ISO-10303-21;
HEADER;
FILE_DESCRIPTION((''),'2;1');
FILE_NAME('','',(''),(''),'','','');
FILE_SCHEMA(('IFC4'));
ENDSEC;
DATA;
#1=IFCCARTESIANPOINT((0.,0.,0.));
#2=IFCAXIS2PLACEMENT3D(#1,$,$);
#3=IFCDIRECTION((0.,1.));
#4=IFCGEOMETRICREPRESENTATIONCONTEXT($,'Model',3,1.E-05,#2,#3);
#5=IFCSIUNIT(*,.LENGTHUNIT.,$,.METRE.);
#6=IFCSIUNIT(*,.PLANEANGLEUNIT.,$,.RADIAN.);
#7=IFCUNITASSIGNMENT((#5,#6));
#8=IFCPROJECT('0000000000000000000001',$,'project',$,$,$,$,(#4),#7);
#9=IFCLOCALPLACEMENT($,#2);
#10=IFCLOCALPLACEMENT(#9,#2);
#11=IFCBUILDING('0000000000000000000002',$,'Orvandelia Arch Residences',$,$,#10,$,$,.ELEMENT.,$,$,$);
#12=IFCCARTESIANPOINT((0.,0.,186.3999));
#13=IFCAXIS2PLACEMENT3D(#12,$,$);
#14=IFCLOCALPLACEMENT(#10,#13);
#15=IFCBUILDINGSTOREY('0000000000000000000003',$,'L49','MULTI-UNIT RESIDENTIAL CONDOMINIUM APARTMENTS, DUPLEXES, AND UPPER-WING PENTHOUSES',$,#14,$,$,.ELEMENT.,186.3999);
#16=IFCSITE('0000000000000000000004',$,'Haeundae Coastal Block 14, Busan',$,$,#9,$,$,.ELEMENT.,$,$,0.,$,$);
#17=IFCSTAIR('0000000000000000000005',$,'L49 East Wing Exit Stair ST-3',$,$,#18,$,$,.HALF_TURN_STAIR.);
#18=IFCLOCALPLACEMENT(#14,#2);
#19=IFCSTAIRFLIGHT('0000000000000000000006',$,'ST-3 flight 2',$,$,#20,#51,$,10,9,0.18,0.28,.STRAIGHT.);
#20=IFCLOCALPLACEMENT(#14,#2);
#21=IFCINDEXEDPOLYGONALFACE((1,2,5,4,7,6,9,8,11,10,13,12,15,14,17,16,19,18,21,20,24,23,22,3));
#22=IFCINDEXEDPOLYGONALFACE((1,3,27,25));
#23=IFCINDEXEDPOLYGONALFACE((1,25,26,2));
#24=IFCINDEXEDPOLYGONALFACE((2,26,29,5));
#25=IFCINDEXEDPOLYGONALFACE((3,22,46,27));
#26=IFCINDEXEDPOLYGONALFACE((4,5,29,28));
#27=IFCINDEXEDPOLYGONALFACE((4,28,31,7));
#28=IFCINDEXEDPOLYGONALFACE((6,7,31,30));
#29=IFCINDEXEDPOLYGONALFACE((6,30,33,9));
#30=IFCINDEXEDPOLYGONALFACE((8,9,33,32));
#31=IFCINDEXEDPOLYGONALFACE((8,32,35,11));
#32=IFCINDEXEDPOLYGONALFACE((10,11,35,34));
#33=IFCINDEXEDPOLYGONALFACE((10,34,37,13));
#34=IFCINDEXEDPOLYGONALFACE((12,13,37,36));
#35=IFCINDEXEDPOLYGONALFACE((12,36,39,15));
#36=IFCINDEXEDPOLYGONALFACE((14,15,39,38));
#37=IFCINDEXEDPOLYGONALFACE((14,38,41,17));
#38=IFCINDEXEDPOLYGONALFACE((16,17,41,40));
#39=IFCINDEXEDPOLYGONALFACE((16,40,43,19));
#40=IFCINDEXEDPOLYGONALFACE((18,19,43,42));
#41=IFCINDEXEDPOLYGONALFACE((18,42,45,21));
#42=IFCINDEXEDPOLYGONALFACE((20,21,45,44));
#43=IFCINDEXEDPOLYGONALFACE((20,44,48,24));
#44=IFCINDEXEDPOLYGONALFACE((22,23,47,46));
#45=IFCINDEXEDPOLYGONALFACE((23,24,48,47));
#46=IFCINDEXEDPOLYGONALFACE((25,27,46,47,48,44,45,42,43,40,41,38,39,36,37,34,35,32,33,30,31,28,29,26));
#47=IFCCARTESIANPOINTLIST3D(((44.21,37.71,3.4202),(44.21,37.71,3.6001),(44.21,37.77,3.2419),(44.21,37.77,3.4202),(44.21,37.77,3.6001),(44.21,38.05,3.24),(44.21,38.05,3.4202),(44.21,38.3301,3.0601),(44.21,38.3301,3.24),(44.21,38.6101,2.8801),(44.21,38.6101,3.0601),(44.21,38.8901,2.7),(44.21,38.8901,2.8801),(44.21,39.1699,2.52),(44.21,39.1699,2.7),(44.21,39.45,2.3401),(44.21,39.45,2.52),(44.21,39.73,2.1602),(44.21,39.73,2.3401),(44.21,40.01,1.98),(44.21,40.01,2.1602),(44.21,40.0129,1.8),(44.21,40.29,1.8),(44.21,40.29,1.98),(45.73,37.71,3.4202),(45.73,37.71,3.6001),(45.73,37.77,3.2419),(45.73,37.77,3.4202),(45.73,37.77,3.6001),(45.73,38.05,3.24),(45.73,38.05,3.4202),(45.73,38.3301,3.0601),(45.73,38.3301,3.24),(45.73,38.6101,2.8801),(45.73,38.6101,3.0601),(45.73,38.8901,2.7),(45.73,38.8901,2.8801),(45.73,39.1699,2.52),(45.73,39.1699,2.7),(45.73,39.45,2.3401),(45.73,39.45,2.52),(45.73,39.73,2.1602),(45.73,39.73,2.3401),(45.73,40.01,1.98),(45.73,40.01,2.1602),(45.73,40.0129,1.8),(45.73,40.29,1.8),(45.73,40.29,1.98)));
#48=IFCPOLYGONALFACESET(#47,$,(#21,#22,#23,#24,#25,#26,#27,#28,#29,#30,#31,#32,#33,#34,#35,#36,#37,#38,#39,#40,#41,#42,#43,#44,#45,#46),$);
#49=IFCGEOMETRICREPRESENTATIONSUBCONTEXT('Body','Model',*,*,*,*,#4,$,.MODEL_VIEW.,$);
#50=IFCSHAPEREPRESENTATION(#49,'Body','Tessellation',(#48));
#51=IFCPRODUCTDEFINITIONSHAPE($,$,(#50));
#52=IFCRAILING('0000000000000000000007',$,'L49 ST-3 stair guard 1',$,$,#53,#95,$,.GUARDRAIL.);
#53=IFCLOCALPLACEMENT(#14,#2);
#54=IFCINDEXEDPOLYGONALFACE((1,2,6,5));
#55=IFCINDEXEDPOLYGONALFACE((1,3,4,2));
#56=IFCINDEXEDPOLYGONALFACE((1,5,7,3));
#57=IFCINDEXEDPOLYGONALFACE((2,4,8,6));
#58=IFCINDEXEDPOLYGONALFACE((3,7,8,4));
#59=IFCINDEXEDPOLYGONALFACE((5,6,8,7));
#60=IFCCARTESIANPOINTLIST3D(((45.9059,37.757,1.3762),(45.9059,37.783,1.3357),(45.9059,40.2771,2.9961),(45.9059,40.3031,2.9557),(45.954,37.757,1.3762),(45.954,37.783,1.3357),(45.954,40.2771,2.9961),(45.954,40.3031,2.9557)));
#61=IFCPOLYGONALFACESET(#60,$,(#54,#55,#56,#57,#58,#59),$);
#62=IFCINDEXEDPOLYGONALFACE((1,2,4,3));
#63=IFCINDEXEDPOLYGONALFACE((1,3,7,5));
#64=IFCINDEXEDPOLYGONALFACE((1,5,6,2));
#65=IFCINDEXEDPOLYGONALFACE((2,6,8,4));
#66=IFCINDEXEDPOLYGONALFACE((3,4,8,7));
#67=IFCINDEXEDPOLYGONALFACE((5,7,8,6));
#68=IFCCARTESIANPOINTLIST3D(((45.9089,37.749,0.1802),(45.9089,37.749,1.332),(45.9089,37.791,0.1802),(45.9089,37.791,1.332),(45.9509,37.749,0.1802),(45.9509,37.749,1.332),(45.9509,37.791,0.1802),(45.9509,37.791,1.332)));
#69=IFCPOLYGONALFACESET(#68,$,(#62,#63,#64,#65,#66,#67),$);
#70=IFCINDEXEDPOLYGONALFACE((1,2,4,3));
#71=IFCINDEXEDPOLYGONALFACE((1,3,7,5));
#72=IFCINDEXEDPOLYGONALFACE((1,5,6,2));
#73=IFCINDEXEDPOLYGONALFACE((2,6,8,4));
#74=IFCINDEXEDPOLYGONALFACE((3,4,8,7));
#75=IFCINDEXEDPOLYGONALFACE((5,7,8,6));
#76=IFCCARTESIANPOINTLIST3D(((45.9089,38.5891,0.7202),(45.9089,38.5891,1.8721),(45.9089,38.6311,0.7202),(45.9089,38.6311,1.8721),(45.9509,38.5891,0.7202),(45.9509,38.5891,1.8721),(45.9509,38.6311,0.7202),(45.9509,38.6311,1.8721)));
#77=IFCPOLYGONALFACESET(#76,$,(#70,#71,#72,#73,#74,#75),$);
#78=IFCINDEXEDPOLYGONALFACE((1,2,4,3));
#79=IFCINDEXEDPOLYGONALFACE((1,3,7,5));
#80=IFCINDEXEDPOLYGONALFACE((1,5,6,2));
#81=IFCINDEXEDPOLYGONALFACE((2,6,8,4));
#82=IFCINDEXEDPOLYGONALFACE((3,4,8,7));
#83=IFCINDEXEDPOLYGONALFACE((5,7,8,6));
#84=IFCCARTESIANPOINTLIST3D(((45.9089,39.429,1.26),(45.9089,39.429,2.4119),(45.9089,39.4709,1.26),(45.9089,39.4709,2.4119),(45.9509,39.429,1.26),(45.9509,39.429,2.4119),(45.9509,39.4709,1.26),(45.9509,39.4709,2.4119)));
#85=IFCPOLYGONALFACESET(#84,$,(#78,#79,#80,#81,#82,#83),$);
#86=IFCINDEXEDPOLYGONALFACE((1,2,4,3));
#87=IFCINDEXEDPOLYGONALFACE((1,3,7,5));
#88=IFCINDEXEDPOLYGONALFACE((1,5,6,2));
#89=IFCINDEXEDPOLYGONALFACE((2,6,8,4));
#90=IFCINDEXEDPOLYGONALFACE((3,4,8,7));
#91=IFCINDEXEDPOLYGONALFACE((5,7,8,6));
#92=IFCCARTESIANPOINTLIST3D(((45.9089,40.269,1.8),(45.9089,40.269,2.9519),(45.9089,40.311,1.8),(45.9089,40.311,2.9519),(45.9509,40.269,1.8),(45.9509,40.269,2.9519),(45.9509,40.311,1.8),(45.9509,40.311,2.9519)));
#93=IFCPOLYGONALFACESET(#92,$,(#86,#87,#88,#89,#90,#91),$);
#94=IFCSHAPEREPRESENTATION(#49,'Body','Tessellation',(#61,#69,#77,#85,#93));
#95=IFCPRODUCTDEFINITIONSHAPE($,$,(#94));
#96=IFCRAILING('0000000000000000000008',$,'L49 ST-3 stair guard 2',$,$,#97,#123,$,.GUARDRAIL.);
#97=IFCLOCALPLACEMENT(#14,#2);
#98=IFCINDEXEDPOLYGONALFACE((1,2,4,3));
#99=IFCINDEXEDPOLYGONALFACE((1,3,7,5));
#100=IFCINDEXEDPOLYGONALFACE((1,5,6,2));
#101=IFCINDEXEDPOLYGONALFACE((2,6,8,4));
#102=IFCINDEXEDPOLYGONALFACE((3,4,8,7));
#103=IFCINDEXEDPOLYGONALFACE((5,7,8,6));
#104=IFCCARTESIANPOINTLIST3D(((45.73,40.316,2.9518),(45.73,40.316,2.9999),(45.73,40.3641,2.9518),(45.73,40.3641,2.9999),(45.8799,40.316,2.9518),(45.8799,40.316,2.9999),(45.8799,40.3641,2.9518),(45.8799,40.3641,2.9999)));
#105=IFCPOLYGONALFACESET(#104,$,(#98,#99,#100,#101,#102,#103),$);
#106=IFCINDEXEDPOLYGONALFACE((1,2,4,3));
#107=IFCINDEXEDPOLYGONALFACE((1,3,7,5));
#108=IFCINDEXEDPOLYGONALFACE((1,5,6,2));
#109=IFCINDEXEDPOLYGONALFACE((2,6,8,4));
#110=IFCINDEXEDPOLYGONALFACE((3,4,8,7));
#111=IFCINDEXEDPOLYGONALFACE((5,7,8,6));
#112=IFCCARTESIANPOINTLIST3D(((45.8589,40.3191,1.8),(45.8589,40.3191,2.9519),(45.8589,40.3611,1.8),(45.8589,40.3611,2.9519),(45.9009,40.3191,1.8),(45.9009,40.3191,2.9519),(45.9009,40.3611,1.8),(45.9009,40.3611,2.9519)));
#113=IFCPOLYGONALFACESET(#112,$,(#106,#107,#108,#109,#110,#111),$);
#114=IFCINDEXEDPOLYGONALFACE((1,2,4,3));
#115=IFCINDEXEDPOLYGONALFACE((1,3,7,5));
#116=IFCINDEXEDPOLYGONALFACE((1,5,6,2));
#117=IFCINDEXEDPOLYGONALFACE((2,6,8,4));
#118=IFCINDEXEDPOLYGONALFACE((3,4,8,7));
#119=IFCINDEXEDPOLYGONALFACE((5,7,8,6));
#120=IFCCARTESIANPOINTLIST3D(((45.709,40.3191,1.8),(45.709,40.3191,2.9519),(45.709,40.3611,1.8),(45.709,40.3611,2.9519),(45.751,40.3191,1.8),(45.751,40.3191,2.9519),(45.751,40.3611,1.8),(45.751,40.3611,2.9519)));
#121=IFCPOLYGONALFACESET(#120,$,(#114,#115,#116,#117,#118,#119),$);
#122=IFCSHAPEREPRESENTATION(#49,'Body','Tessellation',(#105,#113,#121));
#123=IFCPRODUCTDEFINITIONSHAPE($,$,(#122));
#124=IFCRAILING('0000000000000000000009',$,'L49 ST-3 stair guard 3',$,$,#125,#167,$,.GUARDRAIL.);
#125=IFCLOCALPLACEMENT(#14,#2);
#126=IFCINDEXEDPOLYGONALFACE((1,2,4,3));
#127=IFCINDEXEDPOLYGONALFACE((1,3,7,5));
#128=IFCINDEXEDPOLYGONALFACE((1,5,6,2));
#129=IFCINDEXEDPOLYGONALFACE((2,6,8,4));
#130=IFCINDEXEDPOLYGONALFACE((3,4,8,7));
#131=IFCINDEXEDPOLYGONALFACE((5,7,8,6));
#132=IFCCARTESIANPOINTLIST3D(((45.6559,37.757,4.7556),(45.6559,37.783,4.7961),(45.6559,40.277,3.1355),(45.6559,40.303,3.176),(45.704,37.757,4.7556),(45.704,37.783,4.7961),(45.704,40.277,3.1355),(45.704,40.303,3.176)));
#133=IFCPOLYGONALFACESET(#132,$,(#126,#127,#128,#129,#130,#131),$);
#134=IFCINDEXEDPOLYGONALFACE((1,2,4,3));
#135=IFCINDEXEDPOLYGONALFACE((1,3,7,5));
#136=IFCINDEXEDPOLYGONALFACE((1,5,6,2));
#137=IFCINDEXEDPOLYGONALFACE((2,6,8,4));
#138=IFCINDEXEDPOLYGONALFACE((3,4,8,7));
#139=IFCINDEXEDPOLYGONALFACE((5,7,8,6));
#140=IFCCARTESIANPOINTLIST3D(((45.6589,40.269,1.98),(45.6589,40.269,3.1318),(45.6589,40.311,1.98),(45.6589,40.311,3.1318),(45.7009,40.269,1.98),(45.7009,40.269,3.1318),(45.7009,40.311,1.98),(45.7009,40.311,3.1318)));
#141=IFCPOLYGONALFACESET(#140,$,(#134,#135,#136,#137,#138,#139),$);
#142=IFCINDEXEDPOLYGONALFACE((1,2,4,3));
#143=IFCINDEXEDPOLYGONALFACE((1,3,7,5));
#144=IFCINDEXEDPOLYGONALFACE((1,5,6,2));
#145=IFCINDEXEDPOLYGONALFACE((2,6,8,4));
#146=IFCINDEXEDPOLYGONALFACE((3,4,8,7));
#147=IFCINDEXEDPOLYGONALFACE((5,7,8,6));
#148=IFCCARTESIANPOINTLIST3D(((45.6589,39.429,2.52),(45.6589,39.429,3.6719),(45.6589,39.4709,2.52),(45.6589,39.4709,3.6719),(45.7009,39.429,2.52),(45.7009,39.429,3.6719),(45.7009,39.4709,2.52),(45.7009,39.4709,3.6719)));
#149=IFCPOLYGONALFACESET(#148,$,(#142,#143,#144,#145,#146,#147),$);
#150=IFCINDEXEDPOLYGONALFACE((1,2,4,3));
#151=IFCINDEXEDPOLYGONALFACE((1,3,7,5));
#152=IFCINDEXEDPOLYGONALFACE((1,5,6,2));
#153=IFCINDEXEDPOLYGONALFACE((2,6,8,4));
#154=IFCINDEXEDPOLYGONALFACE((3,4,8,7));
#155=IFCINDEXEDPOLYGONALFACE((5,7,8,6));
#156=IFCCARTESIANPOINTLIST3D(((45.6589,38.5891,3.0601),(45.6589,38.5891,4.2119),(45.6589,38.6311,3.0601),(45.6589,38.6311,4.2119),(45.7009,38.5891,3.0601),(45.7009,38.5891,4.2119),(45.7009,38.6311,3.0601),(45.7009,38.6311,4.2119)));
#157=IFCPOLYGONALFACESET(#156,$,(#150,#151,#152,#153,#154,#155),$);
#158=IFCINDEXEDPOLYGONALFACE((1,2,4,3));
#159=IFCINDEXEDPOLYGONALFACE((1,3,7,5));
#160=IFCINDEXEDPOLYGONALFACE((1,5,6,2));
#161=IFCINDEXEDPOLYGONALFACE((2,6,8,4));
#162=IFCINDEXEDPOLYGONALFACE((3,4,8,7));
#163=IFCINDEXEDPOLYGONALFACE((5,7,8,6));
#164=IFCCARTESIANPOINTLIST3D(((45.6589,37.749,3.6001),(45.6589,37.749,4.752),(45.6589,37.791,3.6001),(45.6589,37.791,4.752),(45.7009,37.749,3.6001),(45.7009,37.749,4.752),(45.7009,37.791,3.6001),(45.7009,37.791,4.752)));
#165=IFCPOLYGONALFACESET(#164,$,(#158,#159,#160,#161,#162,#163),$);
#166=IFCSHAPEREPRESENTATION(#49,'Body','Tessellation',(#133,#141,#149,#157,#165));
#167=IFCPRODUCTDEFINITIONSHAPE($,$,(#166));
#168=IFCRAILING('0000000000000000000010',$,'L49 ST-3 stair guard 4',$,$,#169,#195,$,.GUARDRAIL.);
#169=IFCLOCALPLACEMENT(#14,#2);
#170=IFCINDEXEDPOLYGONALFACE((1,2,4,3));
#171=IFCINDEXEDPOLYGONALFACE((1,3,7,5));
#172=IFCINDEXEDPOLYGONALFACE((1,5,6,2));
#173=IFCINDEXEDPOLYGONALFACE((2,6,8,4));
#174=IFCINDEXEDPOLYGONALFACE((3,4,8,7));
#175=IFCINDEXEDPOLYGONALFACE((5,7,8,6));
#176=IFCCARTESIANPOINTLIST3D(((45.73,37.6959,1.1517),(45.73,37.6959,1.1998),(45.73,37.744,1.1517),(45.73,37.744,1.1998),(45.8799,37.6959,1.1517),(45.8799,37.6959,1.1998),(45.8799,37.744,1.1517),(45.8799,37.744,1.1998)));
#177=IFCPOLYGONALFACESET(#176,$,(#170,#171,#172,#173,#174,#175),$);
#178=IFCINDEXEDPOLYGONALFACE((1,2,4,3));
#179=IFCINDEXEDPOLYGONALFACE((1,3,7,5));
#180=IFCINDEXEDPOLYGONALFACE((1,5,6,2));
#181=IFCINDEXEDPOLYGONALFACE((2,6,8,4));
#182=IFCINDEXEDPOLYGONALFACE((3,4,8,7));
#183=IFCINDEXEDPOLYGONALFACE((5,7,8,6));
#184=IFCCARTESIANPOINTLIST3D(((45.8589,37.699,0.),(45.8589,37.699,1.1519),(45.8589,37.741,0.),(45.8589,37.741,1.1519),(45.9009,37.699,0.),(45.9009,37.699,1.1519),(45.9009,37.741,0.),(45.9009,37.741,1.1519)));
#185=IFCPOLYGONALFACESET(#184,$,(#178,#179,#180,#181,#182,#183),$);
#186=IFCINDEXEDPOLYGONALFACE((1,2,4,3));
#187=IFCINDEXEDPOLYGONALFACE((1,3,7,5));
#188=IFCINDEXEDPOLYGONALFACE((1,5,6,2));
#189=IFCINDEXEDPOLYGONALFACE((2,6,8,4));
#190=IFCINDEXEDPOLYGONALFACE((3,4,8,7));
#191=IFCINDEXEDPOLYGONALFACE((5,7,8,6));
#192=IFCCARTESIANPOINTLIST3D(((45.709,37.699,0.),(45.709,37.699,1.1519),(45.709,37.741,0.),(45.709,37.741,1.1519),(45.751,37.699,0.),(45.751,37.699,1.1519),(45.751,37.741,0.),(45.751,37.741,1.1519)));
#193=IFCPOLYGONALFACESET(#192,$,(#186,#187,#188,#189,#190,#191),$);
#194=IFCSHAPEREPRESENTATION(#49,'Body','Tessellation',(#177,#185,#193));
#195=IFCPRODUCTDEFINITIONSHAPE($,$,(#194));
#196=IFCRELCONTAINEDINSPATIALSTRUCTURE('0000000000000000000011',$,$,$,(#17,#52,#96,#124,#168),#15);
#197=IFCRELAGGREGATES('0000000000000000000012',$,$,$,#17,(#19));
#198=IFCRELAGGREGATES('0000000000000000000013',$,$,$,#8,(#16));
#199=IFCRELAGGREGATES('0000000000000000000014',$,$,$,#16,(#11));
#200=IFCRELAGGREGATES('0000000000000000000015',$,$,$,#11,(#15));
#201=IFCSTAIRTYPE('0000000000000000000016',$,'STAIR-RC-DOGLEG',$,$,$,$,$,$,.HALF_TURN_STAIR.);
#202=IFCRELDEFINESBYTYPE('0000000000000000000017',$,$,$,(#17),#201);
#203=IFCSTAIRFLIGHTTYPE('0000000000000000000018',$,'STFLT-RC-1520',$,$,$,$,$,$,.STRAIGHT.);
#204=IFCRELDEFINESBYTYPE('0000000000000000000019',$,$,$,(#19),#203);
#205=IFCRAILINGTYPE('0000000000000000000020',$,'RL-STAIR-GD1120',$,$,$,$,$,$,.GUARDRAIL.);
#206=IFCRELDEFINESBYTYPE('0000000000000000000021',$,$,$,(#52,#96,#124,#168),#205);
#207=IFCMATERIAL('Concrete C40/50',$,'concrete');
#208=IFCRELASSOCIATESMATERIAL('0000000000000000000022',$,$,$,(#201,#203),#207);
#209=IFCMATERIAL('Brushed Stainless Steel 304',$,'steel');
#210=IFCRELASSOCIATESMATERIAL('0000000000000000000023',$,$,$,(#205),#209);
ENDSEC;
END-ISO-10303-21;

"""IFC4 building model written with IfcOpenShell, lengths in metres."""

from ifc_helpers import new_model, si_unit, direction, frame, origin, origin_2d, place, context, subcontext, project, spatial, polyline, rectangle, outline, extrude, material, type_object, element, aggregate, save


model = new_model("IFC4")

# Units and contexts
model_context = context("Model", 3, precision=1e-05, world=origin(), true_north=direction((0.0, 1.0)))
body_context = subcontext(model_context, "Body", "Model", "MODEL_VIEW")
ifc_project = project(units=[si_unit("LENGTHUNIT", "METRE"), si_unit("PLANEANGLEUNIT", "RADIAN")], contexts=[model_context])

# Site, building, storey
site_placement = place(None, origin())
site = spatial("IfcSite", under=ifc_project, at=site_placement, Name="Haeundae Coastal Block 14, Busan", CompositionType="ELEMENT", RefElevation=0.0)
building_placement = place(site_placement, origin())
building = spatial("IfcBuilding", under=site, at=building_placement, Name="Orvandelia Arch Residences", CompositionType="ELEMENT")
storey_placement = place(building_placement, frame((0.0, 0.0, 186.3999)))
storey = spatial("IfcBuildingStorey", under=building, at=storey_placement, Name="L49", Description="MULTI-UNIT RESIDENTIAL CONDOMINIUM APARTMENTS, DUPLEXES, AND UPPER-WING PENTHOUSES", CompositionType="ELEMENT", Elevation=186.3999)

# Stair, stair flight
ifc_material_1 = material(Name="Concrete C40/50", Category="concrete")
stair_type = type_object("IfcStairType", Name="STAIR-RC-DOGLEG", PredefinedType="HALF_TURN_STAIR", material=ifc_material_1)
stair_placement = place(storey_placement, origin())
stair = element("IfcStair", 1, at=stair_placement, inside=storey, type_object=stair_type, Name="L49 East Wing Exit Stair ST-3", PredefinedType="HALF_TURN_STAIR")
stair_flight_type = type_object("IfcStairFlightType", Name="STFLT-RC-1520", PredefinedType="STRAIGHT", material=ifc_material_1)
stair_flight_1_placement = place(storey_placement, frame((44.97, 40.29, 1.8), z_axis=(0.0, 0.0, 1.0), x_axis=(0.0, -1.0, 0.0)))
stair_flight_1 = element("IfcStairFlight", 2, at=stair_flight_1_placement, type_object=stair_flight_type, Name="ST-3 flight 2", NumberOfRisers=10, NumberOfTreads=9, PredefinedType="STRAIGHT", RiserHeight=0.18, TreadLength=0.28, context=body_context, shape_type="SweptSolid", body=[
    extrude(outline(polyline([(0.0, 0.0), (0.0, 0.1799), (0.28, 0.1799), (0.28, 0.3601), (0.5601, 0.3601), (0.5601, 0.54), (0.8401, 0.54), (0.8401, 0.72), (1.1201, 0.72), (1.1201, 0.8999), (1.3999, 0.8999), (1.3999, 1.0801), (1.6799, 1.0801), (1.6799, 1.26), (1.96, 1.26), (1.96, 1.4399), (2.24, 1.4399), (2.24, 1.6201), (2.52, 1.6201), (2.52, 1.8), (2.5801, 1.8), (2.5801, 1.6201), (2.52, 1.4419), (0.2771, 0.0), (0.0, 0.0)])), frame((0.0, 0.76, 0.0), z_axis=(0.0, -1.0, 0.0), x_axis=(1.0, 0.0, 0.0)), (0.0, 0.0, 1.0), 1.52),
])
aggregate(stair, [stair_flight_1])

# Railings
ifc_material_2 = material(Name="Brushed Stainless Steel 304", Category="steel")
railing_type_1 = type_object("IfcRailingType", Name="RL-STAIR-GD1120", PredefinedType="GUARDRAIL", material=ifc_material_2)
railing_1_placement = place(storey_placement, frame((45.9299, 37.77, 0.1802)))
element("IfcRailing", 3, at=railing_1_placement, inside=storey, type_object=railing_type_1, Name="L49 ST-3 stair guard 1", PredefinedType="GUARDRAIL", context=body_context, shape_type="SweptSolid", body=[
    extrude(rectangle(XDim=0.0481, YDim=0.0481, at=origin_2d()), frame((0.0, 0.0, 1.1758), z_axis=(0.0, 0.8412, 0.540725), x_axis=(-1.0, 0.0, 0.0)), (0.0, 0.0, 1.0), 2.9958),
    extrude(rectangle(XDim=0.042, YDim=0.042, at=origin_2d()), origin(), (0.0, 0.0, 1.0), 1.1519),
    extrude(rectangle(XDim=0.042, YDim=0.042, at=origin_2d()), frame((0.0, 0.8401, 0.54)), (0.0, 0.0, 1.0), 1.1519),
    extrude(rectangle(XDim=0.042, YDim=0.042, at=origin_2d()), frame((0.0, 1.6799, 1.0798)), (0.0, 0.0, 1.0), 1.1519),
    extrude(rectangle(XDim=0.042, YDim=0.042, at=origin_2d()), frame((0.0, 2.52, 1.6199)), (0.0, 0.0, 1.0), 1.1519),
])
railing_2_placement = place(storey_placement, frame((45.8799, 40.3401, 1.8)))
element("IfcRailing", 4, at=railing_2_placement, inside=storey, type_object=railing_type_1, Name="L49 ST-3 stair guard 2", PredefinedType="GUARDRAIL", context=body_context, shape_type="SweptSolid", body=[
    extrude(rectangle(XDim=0.0481, YDim=0.0481, at=origin_2d()), frame((0.0, 0.0, 1.1758), z_axis=(-1.0, 0.0, 0.0), x_axis=(0.0, -1.0, 0.0)), (0.0, 0.0, 1.0), 0.1499),
    extrude(rectangle(XDim=0.042, YDim=0.042, at=origin_2d()), origin(), (0.0, 0.0, 1.0), 1.1519),
    extrude(rectangle(XDim=0.042, YDim=0.042, at=origin_2d()), frame((-0.1499, 0.0, 0.0)), (0.0, 0.0, 1.0), 1.1519),
])
railing_3_placement = place(storey_placement, frame((45.6799, 40.29, 1.98)))
element("IfcRailing", 5, at=railing_3_placement, inside=storey, type_object=railing_type_1, Name="L49 ST-3 stair guard 3", PredefinedType="GUARDRAIL", context=body_context, shape_type="SweptSolid", body=[
    extrude(rectangle(XDim=0.0481, YDim=0.0481, at=origin_2d()), frame((0.0, 0.0, 1.1758), z_axis=(0.0, -0.841163, 0.540782), x_axis=(1.0, 0.0, 0.0)), (0.0, 0.0, 1.0), 2.9958),
    extrude(rectangle(XDim=0.042, YDim=0.042, at=origin_2d()), origin(), (0.0, 0.0, 1.0), 1.1519),
    extrude(rectangle(XDim=0.042, YDim=0.042, at=origin_2d()), frame((0.0, -0.8401, 0.54)), (0.0, 0.0, 1.0), 1.1519),
    extrude(rectangle(XDim=0.042, YDim=0.042, at=origin_2d()), frame((0.0, -1.6799, 1.0801)), (0.0, 0.0, 1.0), 1.1519),
    extrude(rectangle(XDim=0.042, YDim=0.042, at=origin_2d()), frame((0.0, -2.52, 1.6201)), (0.0, 0.0, 1.0), 1.1519),
])
railing_4_placement = place(storey_placement, frame((45.8799, 37.72, 0.0)))
element("IfcRailing", 6, at=railing_4_placement, inside=storey, type_object=railing_type_1, Name="L49 ST-3 stair guard 4", PredefinedType="GUARDRAIL", context=body_context, shape_type="SweptSolid", body=[
    extrude(rectangle(XDim=0.0481, YDim=0.0481, at=origin_2d()), frame((0.0, 0.0, 1.1758), z_axis=(-1.0, 0.0, 0.0), x_axis=(0.0, -1.0, 0.0)), (0.0, 0.0, 1.0), 0.1499),
    extrude(rectangle(XDim=0.042, YDim=0.042, at=origin_2d()), origin(), (0.0, 0.0, 1.0), 1.1519),
    extrude(rectangle(XDim=0.042, YDim=0.042, at=origin_2d()), frame((-0.1499, 0.0, 0.0)), (0.0, 0.0, 1.0), 1.1519),
])

save(model, "model.ifc")
